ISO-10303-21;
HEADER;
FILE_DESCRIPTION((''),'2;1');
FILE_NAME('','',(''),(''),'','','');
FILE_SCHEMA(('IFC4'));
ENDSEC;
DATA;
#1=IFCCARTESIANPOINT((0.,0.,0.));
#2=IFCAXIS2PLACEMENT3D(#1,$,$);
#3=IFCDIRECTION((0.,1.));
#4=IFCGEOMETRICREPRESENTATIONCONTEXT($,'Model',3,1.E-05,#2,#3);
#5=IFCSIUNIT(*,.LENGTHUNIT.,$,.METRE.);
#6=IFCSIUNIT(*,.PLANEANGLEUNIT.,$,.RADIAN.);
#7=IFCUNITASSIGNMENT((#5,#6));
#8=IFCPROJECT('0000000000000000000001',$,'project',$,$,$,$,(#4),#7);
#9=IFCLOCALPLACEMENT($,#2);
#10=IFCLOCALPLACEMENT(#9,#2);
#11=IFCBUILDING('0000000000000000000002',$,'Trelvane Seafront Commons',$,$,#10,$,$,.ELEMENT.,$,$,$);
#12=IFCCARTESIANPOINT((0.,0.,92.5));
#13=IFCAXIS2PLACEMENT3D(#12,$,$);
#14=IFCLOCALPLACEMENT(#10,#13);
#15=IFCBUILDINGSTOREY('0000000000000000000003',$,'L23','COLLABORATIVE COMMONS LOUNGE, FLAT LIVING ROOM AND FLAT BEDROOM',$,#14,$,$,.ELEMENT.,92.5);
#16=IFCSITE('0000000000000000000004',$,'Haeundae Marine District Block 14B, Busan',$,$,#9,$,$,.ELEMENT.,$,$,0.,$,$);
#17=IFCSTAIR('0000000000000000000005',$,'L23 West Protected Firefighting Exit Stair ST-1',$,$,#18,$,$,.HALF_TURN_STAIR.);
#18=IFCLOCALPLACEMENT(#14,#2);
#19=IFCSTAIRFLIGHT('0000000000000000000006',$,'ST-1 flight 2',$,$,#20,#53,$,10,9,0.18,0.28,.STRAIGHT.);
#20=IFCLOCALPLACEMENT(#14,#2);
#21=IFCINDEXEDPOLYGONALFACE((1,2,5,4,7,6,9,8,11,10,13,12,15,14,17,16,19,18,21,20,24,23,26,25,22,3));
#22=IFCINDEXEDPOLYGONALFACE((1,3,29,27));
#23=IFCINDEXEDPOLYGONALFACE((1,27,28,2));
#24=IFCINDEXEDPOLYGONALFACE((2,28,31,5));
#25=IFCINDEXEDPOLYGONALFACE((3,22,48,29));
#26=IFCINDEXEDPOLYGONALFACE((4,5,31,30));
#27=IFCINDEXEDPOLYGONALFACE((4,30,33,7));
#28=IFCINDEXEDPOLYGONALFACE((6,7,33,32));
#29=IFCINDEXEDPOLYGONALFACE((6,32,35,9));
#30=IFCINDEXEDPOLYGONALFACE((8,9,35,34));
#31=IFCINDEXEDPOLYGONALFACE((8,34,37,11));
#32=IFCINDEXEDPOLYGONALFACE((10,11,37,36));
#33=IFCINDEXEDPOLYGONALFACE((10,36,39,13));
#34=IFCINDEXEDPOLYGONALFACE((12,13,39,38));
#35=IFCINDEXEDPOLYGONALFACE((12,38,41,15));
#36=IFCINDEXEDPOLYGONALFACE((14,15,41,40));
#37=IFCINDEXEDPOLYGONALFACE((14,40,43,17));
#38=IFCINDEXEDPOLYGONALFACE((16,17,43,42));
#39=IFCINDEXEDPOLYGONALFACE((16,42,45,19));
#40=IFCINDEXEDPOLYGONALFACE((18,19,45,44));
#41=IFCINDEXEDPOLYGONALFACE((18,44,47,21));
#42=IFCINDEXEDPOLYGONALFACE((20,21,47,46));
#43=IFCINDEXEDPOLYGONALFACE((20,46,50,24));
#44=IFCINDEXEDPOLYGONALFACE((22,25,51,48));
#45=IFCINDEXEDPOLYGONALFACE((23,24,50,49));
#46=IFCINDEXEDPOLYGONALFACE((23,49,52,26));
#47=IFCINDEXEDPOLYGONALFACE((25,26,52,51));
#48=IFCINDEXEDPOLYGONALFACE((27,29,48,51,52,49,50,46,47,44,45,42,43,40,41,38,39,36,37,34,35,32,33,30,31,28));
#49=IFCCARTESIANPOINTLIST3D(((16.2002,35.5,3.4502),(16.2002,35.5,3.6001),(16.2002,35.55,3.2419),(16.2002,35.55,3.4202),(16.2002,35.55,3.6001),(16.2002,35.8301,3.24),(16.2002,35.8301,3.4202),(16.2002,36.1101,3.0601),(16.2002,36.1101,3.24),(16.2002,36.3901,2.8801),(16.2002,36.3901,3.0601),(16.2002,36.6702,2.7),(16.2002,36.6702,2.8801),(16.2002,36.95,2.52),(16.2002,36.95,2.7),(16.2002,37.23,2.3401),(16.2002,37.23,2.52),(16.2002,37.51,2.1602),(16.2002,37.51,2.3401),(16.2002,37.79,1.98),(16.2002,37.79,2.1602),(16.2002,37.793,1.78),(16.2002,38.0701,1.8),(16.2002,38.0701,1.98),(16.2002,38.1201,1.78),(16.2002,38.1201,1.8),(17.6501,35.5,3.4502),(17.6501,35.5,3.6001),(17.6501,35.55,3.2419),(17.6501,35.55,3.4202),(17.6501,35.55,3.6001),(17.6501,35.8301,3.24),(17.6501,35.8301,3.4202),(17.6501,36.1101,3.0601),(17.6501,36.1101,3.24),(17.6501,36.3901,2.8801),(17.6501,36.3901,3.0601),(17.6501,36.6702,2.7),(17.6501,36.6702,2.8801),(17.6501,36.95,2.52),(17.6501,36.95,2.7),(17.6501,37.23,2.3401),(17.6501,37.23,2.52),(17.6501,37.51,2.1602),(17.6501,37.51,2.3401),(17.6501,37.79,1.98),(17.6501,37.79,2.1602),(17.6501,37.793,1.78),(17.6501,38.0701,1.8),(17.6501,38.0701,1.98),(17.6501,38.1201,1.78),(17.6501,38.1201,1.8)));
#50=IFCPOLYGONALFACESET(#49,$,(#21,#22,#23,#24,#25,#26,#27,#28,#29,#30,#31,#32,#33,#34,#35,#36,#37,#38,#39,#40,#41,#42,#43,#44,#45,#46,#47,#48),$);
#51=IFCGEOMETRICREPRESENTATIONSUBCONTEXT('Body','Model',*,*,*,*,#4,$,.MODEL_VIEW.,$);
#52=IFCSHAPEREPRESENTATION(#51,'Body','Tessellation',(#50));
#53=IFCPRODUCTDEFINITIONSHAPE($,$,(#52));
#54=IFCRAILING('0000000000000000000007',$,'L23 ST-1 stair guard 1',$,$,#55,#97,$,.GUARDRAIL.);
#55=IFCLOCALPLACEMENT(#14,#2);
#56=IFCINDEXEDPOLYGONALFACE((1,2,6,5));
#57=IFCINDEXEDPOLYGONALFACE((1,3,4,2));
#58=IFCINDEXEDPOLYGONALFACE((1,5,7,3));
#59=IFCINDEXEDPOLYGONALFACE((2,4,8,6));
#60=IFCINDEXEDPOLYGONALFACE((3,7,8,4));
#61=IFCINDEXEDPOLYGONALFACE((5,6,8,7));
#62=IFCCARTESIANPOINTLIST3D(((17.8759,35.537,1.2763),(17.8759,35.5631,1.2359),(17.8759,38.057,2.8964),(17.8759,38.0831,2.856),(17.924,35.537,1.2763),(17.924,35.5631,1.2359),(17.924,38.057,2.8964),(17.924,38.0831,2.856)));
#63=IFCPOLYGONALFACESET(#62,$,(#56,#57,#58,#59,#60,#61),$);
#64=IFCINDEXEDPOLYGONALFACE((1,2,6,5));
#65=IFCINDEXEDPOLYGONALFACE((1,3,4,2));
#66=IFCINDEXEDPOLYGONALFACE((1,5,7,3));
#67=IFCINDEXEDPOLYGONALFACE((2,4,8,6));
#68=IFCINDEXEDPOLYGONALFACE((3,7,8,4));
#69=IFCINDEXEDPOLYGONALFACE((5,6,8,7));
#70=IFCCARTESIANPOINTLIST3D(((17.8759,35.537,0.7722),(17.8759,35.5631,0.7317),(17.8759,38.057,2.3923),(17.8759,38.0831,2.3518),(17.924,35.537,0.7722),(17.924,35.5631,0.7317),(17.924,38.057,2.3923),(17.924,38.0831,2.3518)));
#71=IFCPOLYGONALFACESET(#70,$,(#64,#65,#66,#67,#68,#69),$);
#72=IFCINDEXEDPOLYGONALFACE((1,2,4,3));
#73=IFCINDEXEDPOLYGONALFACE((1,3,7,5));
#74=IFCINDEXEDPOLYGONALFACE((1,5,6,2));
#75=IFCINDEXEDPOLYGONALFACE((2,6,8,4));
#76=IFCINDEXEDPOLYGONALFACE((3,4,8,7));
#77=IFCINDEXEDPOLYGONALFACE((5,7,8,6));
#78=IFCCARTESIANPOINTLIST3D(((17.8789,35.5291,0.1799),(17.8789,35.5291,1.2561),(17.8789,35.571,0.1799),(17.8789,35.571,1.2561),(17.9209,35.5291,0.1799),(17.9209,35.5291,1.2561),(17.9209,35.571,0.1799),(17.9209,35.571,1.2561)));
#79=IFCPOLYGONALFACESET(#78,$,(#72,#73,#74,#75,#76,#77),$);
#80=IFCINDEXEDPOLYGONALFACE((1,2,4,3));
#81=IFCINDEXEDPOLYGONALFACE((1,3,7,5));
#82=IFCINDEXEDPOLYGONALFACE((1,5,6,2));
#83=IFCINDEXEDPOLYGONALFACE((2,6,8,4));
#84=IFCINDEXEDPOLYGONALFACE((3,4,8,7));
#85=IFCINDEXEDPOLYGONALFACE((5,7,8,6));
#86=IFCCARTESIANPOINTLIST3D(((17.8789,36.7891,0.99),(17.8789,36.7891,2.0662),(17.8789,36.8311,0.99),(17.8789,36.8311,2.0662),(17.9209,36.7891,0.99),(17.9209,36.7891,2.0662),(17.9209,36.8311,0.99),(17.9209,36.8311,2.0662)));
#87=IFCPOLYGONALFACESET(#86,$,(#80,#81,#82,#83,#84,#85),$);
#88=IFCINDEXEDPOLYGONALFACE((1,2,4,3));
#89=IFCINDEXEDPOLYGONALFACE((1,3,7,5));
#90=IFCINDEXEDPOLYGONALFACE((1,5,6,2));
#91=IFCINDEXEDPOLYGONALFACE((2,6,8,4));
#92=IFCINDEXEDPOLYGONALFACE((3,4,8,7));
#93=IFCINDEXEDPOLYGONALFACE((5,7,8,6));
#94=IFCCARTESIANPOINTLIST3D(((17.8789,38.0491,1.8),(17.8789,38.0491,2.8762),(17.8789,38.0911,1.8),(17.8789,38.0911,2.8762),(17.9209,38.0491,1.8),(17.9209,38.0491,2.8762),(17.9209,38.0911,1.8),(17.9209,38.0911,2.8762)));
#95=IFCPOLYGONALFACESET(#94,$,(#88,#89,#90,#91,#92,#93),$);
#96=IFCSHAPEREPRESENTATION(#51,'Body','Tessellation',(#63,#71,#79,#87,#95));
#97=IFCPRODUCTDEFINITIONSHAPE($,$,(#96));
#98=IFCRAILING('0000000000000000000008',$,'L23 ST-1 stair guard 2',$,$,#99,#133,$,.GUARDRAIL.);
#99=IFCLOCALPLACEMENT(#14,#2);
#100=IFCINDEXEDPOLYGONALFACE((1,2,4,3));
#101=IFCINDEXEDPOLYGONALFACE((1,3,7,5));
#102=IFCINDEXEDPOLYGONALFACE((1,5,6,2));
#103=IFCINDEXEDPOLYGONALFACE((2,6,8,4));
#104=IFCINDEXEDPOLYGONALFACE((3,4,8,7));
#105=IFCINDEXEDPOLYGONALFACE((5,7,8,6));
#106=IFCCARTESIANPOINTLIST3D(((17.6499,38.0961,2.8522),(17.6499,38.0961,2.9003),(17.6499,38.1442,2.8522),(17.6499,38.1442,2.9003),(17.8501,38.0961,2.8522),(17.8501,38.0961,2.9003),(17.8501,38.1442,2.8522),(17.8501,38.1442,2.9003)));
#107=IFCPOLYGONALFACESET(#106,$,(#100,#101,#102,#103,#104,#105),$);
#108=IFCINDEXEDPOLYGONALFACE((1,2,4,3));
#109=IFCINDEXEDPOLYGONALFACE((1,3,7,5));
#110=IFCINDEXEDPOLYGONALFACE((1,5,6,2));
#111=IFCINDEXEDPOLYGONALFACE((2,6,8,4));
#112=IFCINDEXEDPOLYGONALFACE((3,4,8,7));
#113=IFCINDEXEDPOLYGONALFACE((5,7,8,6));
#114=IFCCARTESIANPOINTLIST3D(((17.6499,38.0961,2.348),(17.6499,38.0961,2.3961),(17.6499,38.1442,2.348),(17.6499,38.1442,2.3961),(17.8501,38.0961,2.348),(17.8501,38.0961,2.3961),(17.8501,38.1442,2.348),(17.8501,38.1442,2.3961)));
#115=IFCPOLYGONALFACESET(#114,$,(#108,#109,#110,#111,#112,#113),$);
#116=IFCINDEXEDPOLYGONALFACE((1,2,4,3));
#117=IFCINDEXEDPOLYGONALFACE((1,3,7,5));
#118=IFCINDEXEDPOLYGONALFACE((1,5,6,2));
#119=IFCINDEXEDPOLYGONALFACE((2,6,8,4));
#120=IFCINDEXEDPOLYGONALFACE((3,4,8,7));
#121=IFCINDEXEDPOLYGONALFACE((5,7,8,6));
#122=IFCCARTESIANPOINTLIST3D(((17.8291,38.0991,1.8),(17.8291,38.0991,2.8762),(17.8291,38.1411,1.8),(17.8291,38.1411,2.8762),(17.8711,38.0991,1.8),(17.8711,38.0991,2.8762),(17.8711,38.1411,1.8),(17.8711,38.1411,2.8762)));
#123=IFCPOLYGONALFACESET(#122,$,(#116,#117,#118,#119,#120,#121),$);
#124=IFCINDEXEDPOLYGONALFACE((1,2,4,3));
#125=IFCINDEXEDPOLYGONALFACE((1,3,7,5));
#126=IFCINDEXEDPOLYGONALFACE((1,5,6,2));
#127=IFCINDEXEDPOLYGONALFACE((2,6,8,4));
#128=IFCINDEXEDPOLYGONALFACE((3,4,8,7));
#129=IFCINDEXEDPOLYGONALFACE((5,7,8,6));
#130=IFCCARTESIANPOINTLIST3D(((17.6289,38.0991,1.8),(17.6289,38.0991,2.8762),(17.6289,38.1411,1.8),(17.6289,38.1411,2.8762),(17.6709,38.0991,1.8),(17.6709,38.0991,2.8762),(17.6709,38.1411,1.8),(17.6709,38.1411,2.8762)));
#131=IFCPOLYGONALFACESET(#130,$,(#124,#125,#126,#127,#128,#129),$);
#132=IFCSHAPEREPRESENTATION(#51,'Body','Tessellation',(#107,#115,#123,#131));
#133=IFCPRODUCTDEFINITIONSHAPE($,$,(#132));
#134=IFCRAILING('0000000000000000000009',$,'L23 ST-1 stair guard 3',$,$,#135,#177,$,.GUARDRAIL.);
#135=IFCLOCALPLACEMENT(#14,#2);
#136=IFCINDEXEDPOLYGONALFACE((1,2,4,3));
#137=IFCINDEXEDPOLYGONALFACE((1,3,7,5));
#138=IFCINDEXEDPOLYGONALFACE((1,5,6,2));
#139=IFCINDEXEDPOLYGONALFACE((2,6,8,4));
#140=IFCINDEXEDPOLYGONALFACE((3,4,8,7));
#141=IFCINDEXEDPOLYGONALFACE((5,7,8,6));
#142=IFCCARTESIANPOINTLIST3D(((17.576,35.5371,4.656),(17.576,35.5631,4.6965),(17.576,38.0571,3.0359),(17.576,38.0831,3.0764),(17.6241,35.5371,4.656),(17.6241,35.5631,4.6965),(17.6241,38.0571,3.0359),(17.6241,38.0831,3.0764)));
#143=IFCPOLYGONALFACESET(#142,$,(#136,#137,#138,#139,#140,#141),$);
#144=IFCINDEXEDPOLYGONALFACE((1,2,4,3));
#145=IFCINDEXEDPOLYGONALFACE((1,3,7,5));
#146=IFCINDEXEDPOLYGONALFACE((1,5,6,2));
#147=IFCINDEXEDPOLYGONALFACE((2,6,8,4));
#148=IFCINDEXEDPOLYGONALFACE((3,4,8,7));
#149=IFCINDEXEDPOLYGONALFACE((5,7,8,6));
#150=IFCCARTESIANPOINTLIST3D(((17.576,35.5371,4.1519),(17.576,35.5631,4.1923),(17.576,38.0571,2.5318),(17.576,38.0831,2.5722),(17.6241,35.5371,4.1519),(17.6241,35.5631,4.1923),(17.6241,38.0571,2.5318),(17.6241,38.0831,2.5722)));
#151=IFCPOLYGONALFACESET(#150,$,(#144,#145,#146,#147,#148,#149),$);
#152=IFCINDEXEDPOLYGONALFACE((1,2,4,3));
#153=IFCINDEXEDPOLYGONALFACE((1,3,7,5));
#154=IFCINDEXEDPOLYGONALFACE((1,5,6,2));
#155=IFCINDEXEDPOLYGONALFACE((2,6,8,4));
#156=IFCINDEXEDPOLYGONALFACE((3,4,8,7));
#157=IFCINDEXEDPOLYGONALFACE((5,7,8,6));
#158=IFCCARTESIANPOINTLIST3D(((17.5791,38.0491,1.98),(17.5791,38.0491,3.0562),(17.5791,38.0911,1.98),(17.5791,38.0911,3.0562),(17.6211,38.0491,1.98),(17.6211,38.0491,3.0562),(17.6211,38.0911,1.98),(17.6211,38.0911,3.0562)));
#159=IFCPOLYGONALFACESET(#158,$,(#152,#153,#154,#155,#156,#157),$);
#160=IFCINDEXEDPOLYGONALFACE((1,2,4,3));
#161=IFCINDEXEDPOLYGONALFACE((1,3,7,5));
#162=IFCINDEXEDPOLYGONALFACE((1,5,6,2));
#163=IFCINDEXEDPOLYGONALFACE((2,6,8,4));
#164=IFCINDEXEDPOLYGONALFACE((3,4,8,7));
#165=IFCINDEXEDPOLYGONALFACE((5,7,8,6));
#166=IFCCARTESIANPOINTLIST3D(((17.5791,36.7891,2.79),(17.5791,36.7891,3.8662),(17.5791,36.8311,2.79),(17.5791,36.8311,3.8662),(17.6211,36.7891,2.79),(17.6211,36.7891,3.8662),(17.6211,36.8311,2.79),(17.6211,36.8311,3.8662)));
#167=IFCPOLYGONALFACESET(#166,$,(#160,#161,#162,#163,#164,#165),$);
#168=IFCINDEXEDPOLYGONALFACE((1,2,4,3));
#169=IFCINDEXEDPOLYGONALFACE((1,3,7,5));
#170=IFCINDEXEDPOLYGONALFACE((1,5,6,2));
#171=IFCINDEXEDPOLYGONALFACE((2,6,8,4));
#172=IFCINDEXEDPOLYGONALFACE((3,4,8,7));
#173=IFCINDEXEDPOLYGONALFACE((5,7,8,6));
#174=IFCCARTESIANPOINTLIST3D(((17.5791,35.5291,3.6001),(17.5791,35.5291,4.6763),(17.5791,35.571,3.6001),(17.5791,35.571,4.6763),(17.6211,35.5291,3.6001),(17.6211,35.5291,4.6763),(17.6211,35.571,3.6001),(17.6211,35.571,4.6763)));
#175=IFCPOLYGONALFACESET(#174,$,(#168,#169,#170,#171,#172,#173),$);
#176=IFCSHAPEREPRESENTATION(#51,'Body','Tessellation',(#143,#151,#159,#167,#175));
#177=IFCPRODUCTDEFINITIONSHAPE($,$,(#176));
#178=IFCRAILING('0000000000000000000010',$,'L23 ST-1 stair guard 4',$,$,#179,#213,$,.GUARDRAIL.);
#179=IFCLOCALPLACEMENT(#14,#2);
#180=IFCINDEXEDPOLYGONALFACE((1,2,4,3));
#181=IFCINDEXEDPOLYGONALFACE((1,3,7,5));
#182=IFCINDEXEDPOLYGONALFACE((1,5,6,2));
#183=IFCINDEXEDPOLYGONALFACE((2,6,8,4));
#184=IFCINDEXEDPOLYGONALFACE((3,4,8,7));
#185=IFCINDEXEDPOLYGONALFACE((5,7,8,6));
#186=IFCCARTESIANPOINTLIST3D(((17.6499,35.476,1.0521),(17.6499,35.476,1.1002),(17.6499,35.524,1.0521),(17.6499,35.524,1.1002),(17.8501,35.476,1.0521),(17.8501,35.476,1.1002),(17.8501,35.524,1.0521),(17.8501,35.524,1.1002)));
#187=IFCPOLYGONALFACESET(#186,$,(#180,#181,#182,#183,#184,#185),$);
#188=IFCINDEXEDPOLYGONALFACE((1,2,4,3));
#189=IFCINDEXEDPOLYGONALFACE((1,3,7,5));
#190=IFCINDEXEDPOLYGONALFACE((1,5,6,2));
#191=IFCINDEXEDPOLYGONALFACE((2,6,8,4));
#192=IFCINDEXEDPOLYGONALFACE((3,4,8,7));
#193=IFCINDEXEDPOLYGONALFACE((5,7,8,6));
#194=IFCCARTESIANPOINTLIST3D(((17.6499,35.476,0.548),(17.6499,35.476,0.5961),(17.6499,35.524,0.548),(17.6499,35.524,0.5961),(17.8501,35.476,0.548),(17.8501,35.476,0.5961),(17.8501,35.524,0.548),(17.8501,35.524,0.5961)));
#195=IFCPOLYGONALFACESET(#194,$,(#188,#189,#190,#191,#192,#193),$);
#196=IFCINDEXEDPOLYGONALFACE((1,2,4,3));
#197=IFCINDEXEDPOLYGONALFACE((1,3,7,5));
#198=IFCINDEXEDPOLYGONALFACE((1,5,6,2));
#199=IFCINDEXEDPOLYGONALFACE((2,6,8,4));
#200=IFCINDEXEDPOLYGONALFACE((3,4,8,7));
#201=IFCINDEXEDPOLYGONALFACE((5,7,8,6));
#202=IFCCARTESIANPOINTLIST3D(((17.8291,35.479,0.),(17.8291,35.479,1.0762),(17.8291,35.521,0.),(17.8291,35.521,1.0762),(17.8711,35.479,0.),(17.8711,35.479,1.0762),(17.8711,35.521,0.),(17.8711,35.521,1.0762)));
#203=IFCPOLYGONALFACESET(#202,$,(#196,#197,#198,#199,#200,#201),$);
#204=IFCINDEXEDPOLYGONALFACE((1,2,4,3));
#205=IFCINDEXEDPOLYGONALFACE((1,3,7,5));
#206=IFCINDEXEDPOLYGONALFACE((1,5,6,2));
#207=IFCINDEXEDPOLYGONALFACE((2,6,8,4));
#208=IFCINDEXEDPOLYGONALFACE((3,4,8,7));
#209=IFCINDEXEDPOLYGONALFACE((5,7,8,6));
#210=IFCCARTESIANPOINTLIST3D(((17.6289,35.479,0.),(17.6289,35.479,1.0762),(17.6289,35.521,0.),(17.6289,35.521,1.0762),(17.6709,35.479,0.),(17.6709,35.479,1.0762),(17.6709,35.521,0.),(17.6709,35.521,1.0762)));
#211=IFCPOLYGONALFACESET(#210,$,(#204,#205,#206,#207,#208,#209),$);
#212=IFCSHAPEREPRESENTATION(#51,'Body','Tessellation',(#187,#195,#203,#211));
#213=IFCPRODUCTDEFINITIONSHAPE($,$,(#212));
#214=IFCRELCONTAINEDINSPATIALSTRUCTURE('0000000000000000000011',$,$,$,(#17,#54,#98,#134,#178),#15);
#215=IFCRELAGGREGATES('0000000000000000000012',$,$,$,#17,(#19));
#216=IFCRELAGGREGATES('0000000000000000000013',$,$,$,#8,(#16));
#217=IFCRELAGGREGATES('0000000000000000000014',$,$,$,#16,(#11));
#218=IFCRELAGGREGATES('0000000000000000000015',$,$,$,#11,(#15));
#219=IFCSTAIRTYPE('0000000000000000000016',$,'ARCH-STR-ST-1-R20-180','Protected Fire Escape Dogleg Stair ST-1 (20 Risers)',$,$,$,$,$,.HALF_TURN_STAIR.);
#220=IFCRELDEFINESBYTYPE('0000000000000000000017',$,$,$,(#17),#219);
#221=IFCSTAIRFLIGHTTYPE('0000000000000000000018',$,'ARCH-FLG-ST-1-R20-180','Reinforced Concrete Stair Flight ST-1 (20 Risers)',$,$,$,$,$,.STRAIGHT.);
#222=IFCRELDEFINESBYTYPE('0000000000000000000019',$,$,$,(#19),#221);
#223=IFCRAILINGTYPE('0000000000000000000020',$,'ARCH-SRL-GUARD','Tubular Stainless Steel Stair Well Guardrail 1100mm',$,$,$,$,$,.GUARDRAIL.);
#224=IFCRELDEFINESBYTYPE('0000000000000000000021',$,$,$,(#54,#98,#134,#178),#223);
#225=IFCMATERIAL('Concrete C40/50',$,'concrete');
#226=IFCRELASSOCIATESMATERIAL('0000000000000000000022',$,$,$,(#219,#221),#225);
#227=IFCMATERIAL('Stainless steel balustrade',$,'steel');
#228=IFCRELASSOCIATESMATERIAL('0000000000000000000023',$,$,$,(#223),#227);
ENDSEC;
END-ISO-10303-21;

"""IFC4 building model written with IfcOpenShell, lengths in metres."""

from ifc_helpers import new_model, si_unit, direction, frame, origin, origin_2d, place, context, subcontext, project, spatial, polyline, rectangle, outline, extrude, source, transform, mapped, material, type_object, element, aggregate, save


model = new_model("IFC4")

# Units and contexts
model_context = context("Model", 3, precision=1e-05, world=origin(), true_north=direction((0.0, 1.0)))
body_context = subcontext(model_context, "Body", "Model", "MODEL_VIEW")
ifc_project = project(units=[si_unit("LENGTHUNIT", "METRE"), si_unit("PLANEANGLEUNIT", "RADIAN")], contexts=[model_context])

# Site, building, storey
site_placement = place(None, origin())
site = spatial("IfcSite", under=ifc_project, at=site_placement, Name="Haeundae Marine District Block 14B, Busan", CompositionType="ELEMENT", RefElevation=0.0)
building_placement = place(site_placement, origin())
building = spatial("IfcBuilding", under=site, at=building_placement, Name="Trelvane Seafront Commons", CompositionType="ELEMENT")
storey_placement = place(building_placement, frame((0.0, 0.0, 92.5)))
storey = spatial("IfcBuildingStorey", under=building, at=storey_placement, Name="L23", Description="COLLABORATIVE COMMONS LOUNGE, FLAT LIVING ROOM AND FLAT BEDROOM", CompositionType="ELEMENT", Elevation=92.5)

# Shared definitions
ifc_material_1 = material(Name="Concrete C40/50", Category="concrete")

# Shared definitions
ifc_material_2 = material(Name="Stainless steel balustrade", Category="steel")

# Stair, stair flight
stair_type = type_object("IfcStairType", Name="ARCH-STR-ST-1-R20-180", Description="Protected Fire Escape Dogleg Stair ST-1 (20 Risers)", PredefinedType="HALF_TURN_STAIR", material=ifc_material_1)
stair_placement = place(storey_placement, origin())
stair = element("IfcStair", 1, at=stair_placement, inside=storey, type_object=stair_type, Name="L23 West Protected Firefighting Exit Stair ST-1", PredefinedType="HALF_TURN_STAIR")
stair_flight_type = type_object("IfcStairFlightType", Name="ARCH-FLG-ST-1-R20-180", Description="Reinforced Concrete Stair Flight ST-1 (20 Risers)", PredefinedType="STRAIGHT", material=ifc_material_1)
shared_shape_1 = source(origin(), body_context, "Body", "SweptSolid", [
    extrude(outline(polyline([(-0.05, -0.02), (-0.05, 0.0), (0.0, 0.0), (0.0, 0.1799), (0.28, 0.1799), (0.28, 0.3601), (0.5601, 0.3601), (0.5601, 0.54), (0.8401, 0.54), (0.8401, 0.72), (1.1201, 0.72), (1.1201, 0.8999), (1.3999, 0.8999), (1.3999, 1.0801), (1.6799, 1.0801), (1.6799, 1.26), (1.96, 1.26), (1.96, 1.4399), (2.24, 1.4399), (2.24, 1.6201), (2.52, 1.6201), (2.52, 1.8), (2.5701, 1.8), (2.5701, 1.6501), (2.52, 1.4419), (0.2771, -0.02), (-0.05, -0.02)])), frame((0.0, 0.7251, 0.0), z_axis=(0.0, -1.0, 0.0), x_axis=(1.0, 0.0, 0.0)), (0.0, 0.0, 1.0), 1.45),
])
stair_flight_1_placement = place(storey_placement, frame((16.925, 38.0701, 1.8), z_axis=(0.0, 0.0, 1.0), x_axis=(0.0, -1.0, 0.0)))
stair_flight_1 = element("IfcStairFlight", 2, at=stair_flight_1_placement, type_object=stair_flight_type, Name="ST-1 flight 2", NumberOfRisers=10, NumberOfTreads=9, PredefinedType="STRAIGHT", RiserHeight=0.18, TreadLength=0.28, context=body_context, shape_type="MappedRepresentation", body=[
    mapped(shared_shape_1, transform((0.0, 0.0, 0.0), x_axis=(1.0, 0.0, 0.0), y_axis=(0.0, 1.0, 0.0), z_axis=(0.0, 0.0, 1.0), scale=1.0)),
])
aggregate(stair, [stair_flight_1])

# Railings
railing_type_1 = type_object("IfcRailingType", Name="ARCH-SRL-GUARD", Description="Tubular Stainless Steel Stair Well Guardrail 1100mm", PredefinedType="GUARDRAIL", material=ifc_material_2)
railing_1_placement = place(storey_placement, frame((17.8999, 35.55, 0.1799)))
element("IfcRailing", 3, at=railing_1_placement, inside=storey, type_object=railing_type_1, Name="L23 ST-1 stair guard 1", PredefinedType="GUARDRAIL", context=body_context, shape_type="SweptSolid", body=[
    extrude(rectangle(XDim=0.0481, YDim=0.0481, at=origin_2d()), frame((0.0, 0.0, 1.0762), z_axis=(0.0, 0.841163, 0.540782), x_axis=(-1.0, 0.0, 0.0)), (0.0, 0.0, 1.0), 2.9958),
    extrude(rectangle(XDim=0.0481, YDim=0.0481, at=origin_2d()), frame((0.0, 0.0, 0.572), z_axis=(0.0, 0.841163, 0.540782), x_axis=(-1.0, 0.0, 0.0)), (0.0, 0.0, 1.0), 2.9958),
    extrude(rectangle(XDim=0.042, YDim=0.042, at=origin_2d()), origin(), (0.0, 0.0, 1.0), 1.0762),
    extrude(rectangle(XDim=0.042, YDim=0.042, at=origin_2d()), frame((0.0, 1.26, 0.8101)), (0.0, 0.0, 1.0), 1.0762),
    extrude(rectangle(XDim=0.042, YDim=0.042, at=origin_2d()), frame((0.0, 2.52, 1.6201)), (0.0, 0.0, 1.0), 1.0762),
])
railing_2_placement = place(storey_placement, frame((17.8501, 38.1201, 1.8)))
element("IfcRailing", 4, at=railing_2_placement, inside=storey, type_object=railing_type_1, Name="L23 ST-1 stair guard 2", PredefinedType="GUARDRAIL", context=body_context, shape_type="SweptSolid", body=[
    extrude(rectangle(XDim=0.0481, YDim=0.0481, at=origin_2d()), frame((0.0, 0.0, 1.0762), z_axis=(-1.0, 0.0, 0.0), x_axis=(0.0, -1.0, 0.0)), (0.0, 0.0, 1.0), 0.2002),
    extrude(rectangle(XDim=0.0481, YDim=0.0481, at=origin_2d()), frame((0.0, 0.0, 0.572), z_axis=(-1.0, 0.0, 0.0), x_axis=(0.0, -1.0, 0.0)), (0.0, 0.0, 1.0), 0.2002),
    extrude(rectangle(XDim=0.042, YDim=0.042, at=origin_2d()), origin(), (0.0, 0.0, 1.0), 1.0762),
    extrude(rectangle(XDim=0.042, YDim=0.042, at=origin_2d()), frame((-0.2002, 0.0, 0.0)), (0.0, 0.0, 1.0), 1.0762),
])
railing_3_placement = place(storey_placement, frame((17.6001, 38.0701, 1.98)))
element("IfcRailing", 5, at=railing_3_placement, inside=storey, type_object=railing_type_1, Name="L23 ST-1 stair guard 3", PredefinedType="GUARDRAIL", context=body_context, shape_type="SweptSolid", body=[
    extrude(rectangle(XDim=0.0481, YDim=0.0481, at=origin_2d()), frame((0.0, 0.0, 1.0762), z_axis=(0.0, -0.841163, 0.540782), x_axis=(1.0, 0.0, 0.0)), (0.0, 0.0, 1.0), 2.9958),
    extrude(rectangle(XDim=0.0481, YDim=0.0481, at=origin_2d()), frame((0.0, 0.0, 0.572), z_axis=(0.0, -0.841163, 0.540782), x_axis=(1.0, 0.0, 0.0)), (0.0, 0.0, 1.0), 2.9958),
    extrude(rectangle(XDim=0.042, YDim=0.042, at=origin_2d()), origin(), (0.0, 0.0, 1.0), 1.0762),
    extrude(rectangle(XDim=0.042, YDim=0.042, at=origin_2d()), frame((0.0, -1.26, 0.8101)), (0.0, 0.0, 1.0), 1.0762),
    extrude(rectangle(XDim=0.042, YDim=0.042, at=origin_2d()), frame((0.0, -2.52, 1.6201)), (0.0, 0.0, 1.0), 1.0762),
])
railing_4_placement = place(storey_placement, frame((17.8501, 35.5, 0.0)))
element("IfcRailing", 6, at=railing_4_placement, inside=storey, type_object=railing_type_1, Name="L23 ST-1 stair guard 4", PredefinedType="GUARDRAIL", context=body_context, shape_type="SweptSolid", body=[
    extrude(rectangle(XDim=0.0481, YDim=0.0481, at=origin_2d()), frame((0.0, 0.0, 1.0762), z_axis=(-1.0, 0.0, 0.0), x_axis=(0.0, -1.0, 0.0)), (0.0, 0.0, 1.0), 0.2002),
    extrude(rectangle(XDim=0.0481, YDim=0.0481, at=origin_2d()), frame((0.0, 0.0, 0.572), z_axis=(-1.0, 0.0, 0.0), x_axis=(0.0, -1.0, 0.0)), (0.0, 0.0, 1.0), 0.2002),
    extrude(rectangle(XDim=0.042, YDim=0.042, at=origin_2d()), origin(), (0.0, 0.0, 1.0), 1.0762),
    extrude(rectangle(XDim=0.042, YDim=0.042, at=origin_2d()), frame((-0.2002, 0.0, 0.0)), (0.0, 0.0, 1.0), 1.0762),
])

save(model, "model.ifc")
